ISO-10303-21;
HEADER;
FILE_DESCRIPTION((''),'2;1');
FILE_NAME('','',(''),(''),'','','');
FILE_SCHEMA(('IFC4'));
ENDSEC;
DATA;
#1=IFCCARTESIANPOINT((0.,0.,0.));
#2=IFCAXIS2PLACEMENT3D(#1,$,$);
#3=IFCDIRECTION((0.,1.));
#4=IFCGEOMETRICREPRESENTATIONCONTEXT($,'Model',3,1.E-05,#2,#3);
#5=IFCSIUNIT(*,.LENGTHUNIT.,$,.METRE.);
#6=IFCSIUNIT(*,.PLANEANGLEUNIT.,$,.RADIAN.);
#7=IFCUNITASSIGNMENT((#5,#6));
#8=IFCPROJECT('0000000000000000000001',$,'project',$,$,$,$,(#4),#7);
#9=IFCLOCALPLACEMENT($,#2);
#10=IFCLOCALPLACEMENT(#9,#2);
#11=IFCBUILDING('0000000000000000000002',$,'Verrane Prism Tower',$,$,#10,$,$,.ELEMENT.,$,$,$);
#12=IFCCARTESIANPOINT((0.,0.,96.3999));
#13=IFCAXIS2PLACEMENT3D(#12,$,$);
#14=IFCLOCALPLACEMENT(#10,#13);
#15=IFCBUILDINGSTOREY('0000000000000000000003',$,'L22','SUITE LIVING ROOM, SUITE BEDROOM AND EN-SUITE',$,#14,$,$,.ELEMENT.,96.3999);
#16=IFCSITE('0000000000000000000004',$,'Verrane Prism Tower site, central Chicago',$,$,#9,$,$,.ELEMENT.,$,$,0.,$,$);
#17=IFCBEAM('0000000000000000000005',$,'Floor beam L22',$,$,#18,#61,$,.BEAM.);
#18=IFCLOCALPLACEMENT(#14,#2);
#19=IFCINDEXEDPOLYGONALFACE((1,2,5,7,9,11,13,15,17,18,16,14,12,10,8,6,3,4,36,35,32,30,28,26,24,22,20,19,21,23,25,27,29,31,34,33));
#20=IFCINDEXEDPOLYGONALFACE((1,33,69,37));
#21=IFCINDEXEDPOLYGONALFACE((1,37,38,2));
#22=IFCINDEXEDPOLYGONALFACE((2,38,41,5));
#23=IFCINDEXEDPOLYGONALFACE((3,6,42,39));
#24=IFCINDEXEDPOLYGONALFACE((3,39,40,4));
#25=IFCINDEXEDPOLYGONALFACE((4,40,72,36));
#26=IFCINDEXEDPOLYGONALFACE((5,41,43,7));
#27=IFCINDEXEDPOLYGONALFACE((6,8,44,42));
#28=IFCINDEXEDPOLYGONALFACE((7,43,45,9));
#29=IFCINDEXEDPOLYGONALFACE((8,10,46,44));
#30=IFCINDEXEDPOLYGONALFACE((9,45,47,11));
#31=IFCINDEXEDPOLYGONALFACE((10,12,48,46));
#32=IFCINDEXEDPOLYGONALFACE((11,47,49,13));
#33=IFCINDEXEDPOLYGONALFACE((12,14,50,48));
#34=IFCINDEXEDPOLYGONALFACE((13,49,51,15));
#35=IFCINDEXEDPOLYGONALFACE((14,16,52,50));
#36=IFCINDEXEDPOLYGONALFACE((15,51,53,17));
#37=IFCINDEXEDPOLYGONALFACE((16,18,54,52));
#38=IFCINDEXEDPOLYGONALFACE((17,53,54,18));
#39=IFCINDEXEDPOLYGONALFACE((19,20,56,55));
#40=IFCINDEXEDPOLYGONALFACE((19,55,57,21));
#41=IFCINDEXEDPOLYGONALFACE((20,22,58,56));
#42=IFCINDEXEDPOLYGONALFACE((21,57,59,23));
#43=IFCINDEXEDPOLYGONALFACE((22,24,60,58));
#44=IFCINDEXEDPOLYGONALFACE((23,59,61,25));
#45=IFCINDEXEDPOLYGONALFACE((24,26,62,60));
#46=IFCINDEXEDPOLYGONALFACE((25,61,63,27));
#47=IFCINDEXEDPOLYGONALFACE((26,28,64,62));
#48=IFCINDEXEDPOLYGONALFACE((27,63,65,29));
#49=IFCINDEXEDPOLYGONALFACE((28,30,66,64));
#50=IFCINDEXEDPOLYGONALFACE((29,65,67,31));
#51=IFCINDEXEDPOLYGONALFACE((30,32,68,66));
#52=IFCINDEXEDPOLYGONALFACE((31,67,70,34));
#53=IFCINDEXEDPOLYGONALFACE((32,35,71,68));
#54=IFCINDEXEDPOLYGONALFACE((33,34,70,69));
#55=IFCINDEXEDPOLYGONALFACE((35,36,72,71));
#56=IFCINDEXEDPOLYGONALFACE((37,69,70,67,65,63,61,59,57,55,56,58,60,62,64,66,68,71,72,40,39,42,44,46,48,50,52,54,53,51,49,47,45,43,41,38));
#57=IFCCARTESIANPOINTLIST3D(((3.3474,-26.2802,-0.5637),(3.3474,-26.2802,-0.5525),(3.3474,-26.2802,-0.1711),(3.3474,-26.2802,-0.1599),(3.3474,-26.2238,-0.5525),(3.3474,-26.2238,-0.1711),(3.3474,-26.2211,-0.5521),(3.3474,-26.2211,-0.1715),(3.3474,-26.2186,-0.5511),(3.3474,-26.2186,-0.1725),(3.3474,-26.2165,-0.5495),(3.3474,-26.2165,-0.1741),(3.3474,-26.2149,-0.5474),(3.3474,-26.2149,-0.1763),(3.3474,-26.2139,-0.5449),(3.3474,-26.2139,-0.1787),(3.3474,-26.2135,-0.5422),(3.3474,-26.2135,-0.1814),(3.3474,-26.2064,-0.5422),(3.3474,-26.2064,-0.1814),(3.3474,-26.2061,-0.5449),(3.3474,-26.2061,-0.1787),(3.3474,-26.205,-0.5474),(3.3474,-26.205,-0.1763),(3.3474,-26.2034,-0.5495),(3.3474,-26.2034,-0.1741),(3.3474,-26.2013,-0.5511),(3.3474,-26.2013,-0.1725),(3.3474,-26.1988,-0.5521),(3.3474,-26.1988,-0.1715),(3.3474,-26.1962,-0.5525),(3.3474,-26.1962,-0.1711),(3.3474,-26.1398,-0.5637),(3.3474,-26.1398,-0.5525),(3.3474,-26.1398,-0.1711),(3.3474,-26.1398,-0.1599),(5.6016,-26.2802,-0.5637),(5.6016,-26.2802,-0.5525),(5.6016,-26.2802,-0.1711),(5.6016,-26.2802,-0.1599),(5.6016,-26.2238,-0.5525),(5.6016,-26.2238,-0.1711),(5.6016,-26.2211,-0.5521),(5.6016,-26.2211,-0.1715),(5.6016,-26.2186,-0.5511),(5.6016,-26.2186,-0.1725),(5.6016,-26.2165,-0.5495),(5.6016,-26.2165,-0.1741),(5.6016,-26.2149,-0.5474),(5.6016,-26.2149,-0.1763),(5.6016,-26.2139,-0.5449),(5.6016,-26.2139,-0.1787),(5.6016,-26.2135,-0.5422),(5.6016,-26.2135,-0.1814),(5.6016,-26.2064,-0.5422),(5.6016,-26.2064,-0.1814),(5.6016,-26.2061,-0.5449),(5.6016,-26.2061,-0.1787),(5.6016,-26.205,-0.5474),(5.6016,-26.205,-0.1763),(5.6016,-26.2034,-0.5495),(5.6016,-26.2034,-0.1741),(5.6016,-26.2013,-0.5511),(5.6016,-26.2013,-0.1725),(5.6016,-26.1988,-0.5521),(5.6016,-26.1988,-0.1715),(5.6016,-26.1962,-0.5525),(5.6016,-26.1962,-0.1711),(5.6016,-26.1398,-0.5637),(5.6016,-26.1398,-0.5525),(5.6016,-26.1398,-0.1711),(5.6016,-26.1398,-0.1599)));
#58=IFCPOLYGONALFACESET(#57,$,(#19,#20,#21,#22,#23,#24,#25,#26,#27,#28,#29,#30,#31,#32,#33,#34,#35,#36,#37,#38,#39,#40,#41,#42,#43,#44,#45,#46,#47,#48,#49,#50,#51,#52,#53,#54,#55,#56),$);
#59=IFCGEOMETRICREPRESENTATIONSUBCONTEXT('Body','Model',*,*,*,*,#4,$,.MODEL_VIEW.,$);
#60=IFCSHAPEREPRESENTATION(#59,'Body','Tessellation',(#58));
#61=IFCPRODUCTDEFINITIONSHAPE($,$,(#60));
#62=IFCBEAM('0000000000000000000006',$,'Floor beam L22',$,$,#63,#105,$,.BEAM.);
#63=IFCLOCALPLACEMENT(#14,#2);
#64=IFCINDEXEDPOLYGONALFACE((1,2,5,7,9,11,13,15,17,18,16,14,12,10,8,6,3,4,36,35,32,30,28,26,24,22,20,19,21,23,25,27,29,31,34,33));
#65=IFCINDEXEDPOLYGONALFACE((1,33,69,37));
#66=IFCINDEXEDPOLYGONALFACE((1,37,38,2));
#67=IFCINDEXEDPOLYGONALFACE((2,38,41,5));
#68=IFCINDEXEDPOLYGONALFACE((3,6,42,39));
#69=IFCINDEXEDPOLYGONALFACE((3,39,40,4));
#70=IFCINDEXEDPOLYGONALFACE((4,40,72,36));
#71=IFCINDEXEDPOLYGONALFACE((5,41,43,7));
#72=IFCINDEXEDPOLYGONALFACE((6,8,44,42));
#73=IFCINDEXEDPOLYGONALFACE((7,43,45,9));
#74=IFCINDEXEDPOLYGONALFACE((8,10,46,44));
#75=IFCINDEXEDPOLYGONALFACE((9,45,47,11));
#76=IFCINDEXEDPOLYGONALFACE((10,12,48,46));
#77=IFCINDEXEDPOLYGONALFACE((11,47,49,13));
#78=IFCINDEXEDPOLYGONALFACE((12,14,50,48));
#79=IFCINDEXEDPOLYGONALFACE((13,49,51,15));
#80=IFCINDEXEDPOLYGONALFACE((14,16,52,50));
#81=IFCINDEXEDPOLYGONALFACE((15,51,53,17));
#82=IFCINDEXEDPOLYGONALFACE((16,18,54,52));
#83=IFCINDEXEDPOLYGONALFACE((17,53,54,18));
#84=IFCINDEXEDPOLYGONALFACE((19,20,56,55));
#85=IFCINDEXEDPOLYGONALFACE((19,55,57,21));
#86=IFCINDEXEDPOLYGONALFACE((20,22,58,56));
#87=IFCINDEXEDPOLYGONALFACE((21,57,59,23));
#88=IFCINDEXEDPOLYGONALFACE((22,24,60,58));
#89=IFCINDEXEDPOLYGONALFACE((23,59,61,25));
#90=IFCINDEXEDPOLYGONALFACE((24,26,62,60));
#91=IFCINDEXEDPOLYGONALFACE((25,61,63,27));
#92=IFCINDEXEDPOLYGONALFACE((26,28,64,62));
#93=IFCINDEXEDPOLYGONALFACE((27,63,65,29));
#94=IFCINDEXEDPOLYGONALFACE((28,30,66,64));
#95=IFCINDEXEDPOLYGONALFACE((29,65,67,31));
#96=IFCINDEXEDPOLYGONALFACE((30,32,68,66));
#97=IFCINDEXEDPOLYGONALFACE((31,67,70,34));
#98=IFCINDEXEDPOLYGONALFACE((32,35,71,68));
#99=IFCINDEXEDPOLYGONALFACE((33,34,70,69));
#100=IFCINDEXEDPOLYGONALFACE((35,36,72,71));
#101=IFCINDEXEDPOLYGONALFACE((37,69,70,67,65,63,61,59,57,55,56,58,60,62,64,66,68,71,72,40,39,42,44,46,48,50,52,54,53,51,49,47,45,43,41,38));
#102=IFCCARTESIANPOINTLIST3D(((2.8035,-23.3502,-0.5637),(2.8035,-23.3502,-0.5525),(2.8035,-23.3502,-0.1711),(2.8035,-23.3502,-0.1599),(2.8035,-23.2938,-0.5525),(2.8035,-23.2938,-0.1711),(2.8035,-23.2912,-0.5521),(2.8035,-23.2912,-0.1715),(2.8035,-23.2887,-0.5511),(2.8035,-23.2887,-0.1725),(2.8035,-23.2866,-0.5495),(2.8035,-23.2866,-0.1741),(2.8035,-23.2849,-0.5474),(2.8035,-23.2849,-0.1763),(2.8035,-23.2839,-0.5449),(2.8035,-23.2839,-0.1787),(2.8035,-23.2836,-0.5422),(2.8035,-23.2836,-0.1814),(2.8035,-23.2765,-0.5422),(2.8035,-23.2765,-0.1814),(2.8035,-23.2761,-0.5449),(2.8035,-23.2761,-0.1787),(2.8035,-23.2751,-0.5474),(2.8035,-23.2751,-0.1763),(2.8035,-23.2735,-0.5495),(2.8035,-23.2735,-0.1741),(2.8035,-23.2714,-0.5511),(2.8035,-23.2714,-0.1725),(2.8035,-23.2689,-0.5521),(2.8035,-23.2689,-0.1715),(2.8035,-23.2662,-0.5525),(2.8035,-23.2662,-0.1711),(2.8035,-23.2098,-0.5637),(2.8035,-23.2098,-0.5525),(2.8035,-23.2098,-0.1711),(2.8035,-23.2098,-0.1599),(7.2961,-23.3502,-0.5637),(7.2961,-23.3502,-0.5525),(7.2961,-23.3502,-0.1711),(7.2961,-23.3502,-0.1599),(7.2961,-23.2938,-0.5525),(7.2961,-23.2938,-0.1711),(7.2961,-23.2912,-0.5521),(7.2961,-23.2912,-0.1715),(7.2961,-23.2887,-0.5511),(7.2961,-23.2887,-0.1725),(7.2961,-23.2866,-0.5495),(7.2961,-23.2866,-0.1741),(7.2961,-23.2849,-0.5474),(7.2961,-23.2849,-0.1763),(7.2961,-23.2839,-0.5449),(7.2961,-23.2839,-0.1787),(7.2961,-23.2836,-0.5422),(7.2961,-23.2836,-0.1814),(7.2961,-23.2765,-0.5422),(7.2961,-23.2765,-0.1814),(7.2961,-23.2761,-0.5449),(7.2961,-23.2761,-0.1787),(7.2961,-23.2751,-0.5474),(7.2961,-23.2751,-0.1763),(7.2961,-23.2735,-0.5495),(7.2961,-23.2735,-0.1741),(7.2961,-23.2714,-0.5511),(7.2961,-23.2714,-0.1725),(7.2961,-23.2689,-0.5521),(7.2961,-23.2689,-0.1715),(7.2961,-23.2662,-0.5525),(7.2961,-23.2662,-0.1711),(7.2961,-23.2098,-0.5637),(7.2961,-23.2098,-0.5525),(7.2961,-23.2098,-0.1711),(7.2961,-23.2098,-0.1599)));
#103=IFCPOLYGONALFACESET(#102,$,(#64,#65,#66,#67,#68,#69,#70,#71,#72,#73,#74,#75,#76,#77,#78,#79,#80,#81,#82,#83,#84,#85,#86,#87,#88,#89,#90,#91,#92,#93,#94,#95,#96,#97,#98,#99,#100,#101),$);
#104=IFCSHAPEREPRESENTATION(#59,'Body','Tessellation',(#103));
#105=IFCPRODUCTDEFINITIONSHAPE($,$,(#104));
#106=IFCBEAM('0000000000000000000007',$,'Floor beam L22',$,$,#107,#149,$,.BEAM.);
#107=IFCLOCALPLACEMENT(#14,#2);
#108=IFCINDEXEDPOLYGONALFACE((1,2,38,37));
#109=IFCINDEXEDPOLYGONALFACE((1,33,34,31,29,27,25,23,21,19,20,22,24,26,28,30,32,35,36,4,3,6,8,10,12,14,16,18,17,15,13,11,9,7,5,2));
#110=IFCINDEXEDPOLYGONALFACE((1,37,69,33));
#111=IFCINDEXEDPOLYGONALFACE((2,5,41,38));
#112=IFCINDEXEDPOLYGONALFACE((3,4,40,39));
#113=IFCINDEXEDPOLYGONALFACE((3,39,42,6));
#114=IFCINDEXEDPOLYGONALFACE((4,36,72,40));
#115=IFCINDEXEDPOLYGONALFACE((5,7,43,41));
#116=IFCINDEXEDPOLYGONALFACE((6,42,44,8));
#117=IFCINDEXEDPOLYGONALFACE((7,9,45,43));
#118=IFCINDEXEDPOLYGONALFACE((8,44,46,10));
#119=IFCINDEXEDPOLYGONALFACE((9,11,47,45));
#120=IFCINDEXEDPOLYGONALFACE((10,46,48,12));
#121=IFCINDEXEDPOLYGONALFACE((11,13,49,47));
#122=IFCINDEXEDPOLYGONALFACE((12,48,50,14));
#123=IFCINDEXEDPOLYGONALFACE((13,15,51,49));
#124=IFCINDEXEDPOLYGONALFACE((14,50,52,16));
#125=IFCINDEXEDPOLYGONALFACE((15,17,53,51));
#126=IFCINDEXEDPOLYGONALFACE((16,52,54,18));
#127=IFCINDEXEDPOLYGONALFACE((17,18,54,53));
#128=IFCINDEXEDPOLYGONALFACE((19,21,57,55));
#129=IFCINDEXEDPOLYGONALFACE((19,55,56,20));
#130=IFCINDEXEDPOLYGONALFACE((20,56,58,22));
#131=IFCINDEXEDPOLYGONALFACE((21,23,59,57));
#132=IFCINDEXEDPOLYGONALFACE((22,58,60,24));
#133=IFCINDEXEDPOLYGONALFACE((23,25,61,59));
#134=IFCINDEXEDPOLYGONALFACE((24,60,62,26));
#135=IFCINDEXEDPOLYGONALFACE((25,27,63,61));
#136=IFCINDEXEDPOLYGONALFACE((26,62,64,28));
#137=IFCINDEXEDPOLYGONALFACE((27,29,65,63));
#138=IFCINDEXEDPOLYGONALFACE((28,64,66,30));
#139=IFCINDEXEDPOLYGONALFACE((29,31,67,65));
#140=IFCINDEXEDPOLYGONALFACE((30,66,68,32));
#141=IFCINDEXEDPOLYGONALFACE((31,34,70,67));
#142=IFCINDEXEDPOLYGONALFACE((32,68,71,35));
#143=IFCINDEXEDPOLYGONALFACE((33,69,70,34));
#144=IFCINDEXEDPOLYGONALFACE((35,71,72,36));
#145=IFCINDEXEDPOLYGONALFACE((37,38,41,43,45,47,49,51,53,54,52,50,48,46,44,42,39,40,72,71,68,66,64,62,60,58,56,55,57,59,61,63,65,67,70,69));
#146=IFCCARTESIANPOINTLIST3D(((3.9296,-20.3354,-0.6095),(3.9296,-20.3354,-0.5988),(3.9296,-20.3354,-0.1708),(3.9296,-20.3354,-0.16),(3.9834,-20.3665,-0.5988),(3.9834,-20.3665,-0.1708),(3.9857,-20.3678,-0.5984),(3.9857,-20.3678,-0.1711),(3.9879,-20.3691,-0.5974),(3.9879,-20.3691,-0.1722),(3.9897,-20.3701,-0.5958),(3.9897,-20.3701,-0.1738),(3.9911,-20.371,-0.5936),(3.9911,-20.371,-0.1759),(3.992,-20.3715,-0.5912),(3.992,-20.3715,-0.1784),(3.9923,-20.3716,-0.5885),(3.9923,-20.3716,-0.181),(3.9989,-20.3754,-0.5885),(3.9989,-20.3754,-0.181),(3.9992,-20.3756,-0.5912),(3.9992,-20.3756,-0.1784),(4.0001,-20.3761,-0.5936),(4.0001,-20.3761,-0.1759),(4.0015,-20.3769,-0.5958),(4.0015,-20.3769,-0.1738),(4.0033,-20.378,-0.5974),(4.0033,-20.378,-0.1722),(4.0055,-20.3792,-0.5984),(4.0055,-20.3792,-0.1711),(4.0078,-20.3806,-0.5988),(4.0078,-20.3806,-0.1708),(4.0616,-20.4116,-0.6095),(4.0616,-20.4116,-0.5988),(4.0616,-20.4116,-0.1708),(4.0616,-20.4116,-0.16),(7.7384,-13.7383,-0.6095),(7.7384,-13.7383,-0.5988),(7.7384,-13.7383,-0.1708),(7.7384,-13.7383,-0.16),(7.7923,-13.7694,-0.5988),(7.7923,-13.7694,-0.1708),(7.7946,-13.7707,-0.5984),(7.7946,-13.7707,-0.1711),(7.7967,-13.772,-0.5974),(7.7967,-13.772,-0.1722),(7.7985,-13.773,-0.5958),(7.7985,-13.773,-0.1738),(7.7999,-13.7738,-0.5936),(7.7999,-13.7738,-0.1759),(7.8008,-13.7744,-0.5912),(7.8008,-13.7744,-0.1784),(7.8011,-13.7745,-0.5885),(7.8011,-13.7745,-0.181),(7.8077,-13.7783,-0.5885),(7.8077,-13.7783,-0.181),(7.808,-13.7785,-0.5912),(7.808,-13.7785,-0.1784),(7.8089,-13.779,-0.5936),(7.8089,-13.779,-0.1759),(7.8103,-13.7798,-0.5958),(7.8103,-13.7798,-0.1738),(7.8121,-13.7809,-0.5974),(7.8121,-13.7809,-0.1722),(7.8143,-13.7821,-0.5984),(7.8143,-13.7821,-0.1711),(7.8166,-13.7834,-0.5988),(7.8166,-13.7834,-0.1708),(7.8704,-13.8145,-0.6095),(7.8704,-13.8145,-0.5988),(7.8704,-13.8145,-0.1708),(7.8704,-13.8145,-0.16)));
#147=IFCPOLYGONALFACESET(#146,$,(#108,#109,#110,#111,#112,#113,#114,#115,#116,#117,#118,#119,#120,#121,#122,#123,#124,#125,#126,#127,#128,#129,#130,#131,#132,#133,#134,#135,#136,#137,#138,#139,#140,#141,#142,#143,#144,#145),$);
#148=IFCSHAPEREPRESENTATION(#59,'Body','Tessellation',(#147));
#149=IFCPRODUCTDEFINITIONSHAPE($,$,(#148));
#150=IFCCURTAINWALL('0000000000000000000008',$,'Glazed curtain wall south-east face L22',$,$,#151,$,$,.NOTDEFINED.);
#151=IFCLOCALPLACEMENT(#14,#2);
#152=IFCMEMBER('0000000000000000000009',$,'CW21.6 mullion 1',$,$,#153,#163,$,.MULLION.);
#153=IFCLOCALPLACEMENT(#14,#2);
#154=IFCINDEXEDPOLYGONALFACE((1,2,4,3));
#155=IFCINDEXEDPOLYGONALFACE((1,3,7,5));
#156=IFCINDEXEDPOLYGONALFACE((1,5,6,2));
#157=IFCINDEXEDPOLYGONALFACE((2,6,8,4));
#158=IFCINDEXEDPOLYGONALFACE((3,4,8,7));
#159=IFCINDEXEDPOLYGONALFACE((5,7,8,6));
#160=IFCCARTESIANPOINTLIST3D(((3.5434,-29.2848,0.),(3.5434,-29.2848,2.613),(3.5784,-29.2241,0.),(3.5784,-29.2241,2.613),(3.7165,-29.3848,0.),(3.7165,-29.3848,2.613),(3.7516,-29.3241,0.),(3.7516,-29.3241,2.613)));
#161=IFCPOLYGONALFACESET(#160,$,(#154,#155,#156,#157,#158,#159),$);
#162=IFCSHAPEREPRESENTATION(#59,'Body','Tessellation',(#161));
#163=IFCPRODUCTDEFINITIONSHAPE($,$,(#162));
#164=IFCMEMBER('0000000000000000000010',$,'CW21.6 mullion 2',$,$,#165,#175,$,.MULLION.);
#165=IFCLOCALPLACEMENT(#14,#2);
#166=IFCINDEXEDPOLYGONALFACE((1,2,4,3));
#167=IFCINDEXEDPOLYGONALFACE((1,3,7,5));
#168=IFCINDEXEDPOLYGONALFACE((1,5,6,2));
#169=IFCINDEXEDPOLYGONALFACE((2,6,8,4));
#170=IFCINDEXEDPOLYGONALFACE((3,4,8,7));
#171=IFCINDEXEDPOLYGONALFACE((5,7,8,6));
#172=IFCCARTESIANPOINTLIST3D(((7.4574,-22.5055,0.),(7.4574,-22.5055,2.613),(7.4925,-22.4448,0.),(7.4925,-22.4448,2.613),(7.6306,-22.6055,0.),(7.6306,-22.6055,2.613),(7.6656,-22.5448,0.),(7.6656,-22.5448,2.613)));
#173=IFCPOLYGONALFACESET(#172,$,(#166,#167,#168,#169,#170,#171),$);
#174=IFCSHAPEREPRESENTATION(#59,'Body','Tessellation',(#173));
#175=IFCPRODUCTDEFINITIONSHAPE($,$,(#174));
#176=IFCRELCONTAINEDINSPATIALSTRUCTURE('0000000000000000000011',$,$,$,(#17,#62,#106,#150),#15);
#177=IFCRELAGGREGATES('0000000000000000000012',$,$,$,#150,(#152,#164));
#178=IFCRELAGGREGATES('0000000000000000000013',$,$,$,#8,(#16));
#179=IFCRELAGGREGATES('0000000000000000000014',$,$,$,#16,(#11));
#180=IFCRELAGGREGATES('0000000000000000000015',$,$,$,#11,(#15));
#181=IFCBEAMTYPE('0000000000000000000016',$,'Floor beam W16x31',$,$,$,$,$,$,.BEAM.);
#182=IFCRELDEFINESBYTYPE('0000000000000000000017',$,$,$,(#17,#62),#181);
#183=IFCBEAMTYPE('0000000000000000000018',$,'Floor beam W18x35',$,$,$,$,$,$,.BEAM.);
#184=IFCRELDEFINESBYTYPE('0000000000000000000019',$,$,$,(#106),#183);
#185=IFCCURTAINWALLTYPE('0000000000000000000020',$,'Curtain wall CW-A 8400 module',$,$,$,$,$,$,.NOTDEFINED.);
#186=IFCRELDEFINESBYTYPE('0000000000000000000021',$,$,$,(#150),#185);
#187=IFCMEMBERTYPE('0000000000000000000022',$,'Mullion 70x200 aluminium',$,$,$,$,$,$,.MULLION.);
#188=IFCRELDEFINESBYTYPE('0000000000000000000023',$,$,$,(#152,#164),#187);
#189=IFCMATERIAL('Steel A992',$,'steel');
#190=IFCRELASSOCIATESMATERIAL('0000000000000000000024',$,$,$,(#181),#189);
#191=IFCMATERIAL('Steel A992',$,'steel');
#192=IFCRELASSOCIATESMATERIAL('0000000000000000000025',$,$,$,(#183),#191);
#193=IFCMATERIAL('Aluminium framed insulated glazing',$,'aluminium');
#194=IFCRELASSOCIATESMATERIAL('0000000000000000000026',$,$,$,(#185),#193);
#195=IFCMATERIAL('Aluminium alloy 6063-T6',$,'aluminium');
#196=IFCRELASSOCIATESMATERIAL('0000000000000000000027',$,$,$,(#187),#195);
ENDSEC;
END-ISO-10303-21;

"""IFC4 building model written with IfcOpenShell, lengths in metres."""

from ifc_helpers import new_model, si_unit, direction, frame, origin, origin_2d, place, context, subcontext, project, spatial, rectangle, i_section, extrude, material, material_profile, profile_set, type_object, element, aggregate, save


model = new_model("IFC4")

# Units and contexts
model_context = context("Model", 3, precision=1e-05, world=origin(), true_north=direction((0.0, 1.0)))
body_context = subcontext(model_context, "Body", "Model", "MODEL_VIEW")
ifc_project = project(units=[si_unit("LENGTHUNIT", "METRE"), si_unit("PLANEANGLEUNIT", "RADIAN")], contexts=[model_context])

# Site, building, storey
site_placement = place(None, origin())
site = spatial("IfcSite", under=ifc_project, at=site_placement, Name="Verrane Prism Tower site, central Chicago", CompositionType="ELEMENT", RefElevation=0.0)
building_placement = place(site_placement, origin())
building = spatial("IfcBuilding", under=site, at=building_placement, Name="Verrane Prism Tower", CompositionType="ELEMENT")
storey_placement = place(building_placement, frame((0.0, 0.0, 96.3999)))
storey = spatial("IfcBuildingStorey", under=building, at=storey_placement, Name="L22", Description="SUITE LIVING ROOM, SUITE BEDROOM AND EN-SUITE", CompositionType="ELEMENT", Elevation=96.3999)

# Beams
ifc_material_1 = material(Name="Steel A992", Category="steel")
ifc_material_profile_1 = material_profile(ifc_material_1, i_section(OverallWidth=0.1404, OverallDepth=0.4038, WebThickness=0.0071, FlangeThickness=0.0112, FilletRadius=0.0103, at=origin_2d()), Name="W16x31")
ifc_profile_set_1 = profile_set([ifc_material_profile_1], Name="Steel A992")
beam_type_1 = type_object("IfcBeamType", Name="Floor beam W16x31", PredefinedType="BEAM", material=ifc_profile_set_1)
beam_1_placement = place(storey_placement, frame((3.3474, -26.21, -0.3618), z_axis=(1.0, 0.0, 0.0), x_axis=(0.0, 1.0, 0.0)))
element("IfcBeam", 1, at=beam_1_placement, inside=storey, type_object=beam_type_1, Name="Floor beam L22", PredefinedType="BEAM", context=body_context, shape_type="SweptSolid", body=[
    extrude(i_section(OverallWidth=0.1404, OverallDepth=0.4038, WebThickness=0.0071, FlangeThickness=0.0112, FilletRadius=0.0103, at=origin_2d()), origin(), (0.0, 0.0, 1.0), 2.2542),
])
beam_2_placement = place(storey_placement, frame((2.8035, -23.28, -0.3618), z_axis=(1.0, 0.0, 0.0), x_axis=(0.0, 1.0, 0.0)))
element("IfcBeam", 2, at=beam_2_placement, inside=storey, type_object=beam_type_1, Name="Floor beam L22", PredefinedType="BEAM", context=body_context, shape_type="SweptSolid", body=[
    extrude(i_section(OverallWidth=0.1404, OverallDepth=0.4038, WebThickness=0.0071, FlangeThickness=0.0112, FilletRadius=0.0103, at=origin_2d()), origin(), (0.0, 0.0, 1.0), 4.4927),
])
ifc_material_2 = material(Name="Steel A992", Category="steel")
ifc_material_profile_2 = material_profile(ifc_material_2, i_section(OverallWidth=0.1523, OverallDepth=0.4495, WebThickness=0.0076, FlangeThickness=0.0107, FilletRadius=0.0103, at=origin_2d()), Name="W18x35")
ifc_profile_set_2 = profile_set([ifc_material_profile_2], Name="Steel A992")
beam_type_2 = type_object("IfcBeamType", Name="Floor beam W18x35", PredefinedType="BEAM", material=ifc_profile_set_2)
beam_3_placement = place(storey_placement, frame((3.9956, -20.3735, -0.3848), z_axis=(0.499996, 0.866028, 0.0), x_axis=(-0.866028, 0.499996, 0.0)))
element("IfcBeam", 3, at=beam_3_placement, inside=storey, type_object=beam_type_2, Name="Floor beam L22", PredefinedType="BEAM", context=body_context, shape_type="SweptSolid", body=[
    extrude(i_section(OverallWidth=0.1523, OverallDepth=0.4495, WebThickness=0.0076, FlangeThickness=0.0107, FilletRadius=0.0103, at=origin_2d()), origin(), (0.0, 0.0, 1.0), 7.6177),
])

# Curtain wall, members
ifc_material_3 = material(Name="Aluminium framed insulated glazing", Category="aluminium")
curtain_wall_type = type_object("IfcCurtainWallType", Name="Curtain wall CW-A 8400 module", PredefinedType="NOTDEFINED", material=ifc_material_3)
curtain_wall_1_placement = place(storey_placement, origin())
curtain_wall_1 = element("IfcCurtainWall", 4, at=curtain_wall_1_placement, inside=storey, type_object=curtain_wall_type, Name="Glazed curtain wall south-east face L22", PredefinedType="NOTDEFINED")
ifc_material_4 = material(Name="Aluminium alloy 6063-T6", Category="aluminium")
ifc_material_profile_3 = material_profile(ifc_material_4, rectangle(XDim=0.2, YDim=0.0701, at=origin_2d()), Name="Mullion 70x200 aluminium")
ifc_profile_set_3 = profile_set([ifc_material_profile_3], Name="Aluminium alloy 6063-T6")
member_type_1 = type_object("IfcMemberType", Name="Mullion 70x200 aluminium", PredefinedType="MULLION", material=ifc_profile_set_3)
member_1_placement = place(storey_placement, frame((3.6475, -29.3044, 0.0), z_axis=(0.0, 0.0, 1.0), x_axis=(-0.866026, 0.5, 0.0)))
member_1 = element("IfcMember", 5, at=member_1_placement, type_object=member_type_1, Name="CW21.6 mullion 1", PredefinedType="MULLION", context=body_context, shape_type="SweptSolid", body=[
    extrude(rectangle(XDim=0.2, YDim=0.0701, at=origin_2d()), origin(), (0.0, 0.0, 1.0), 2.613),
])
member_2_placement = place(storey_placement, frame((7.5615, -22.5251, 0.0), z_axis=(0.0, 0.0, 1.0), x_axis=(-0.866026, 0.5, 0.0)))
member_2 = element("IfcMember", 6, at=member_2_placement, type_object=member_type_1, Name="CW21.6 mullion 2", PredefinedType="MULLION", context=body_context, shape_type="SweptSolid", body=[
    extrude(rectangle(XDim=0.2, YDim=0.0701, at=origin_2d()), origin(), (0.0, 0.0, 1.0), 2.613),
])

aggregate(curtain_wall_1, [member_1, member_2])

save(model, "model.ifc")
